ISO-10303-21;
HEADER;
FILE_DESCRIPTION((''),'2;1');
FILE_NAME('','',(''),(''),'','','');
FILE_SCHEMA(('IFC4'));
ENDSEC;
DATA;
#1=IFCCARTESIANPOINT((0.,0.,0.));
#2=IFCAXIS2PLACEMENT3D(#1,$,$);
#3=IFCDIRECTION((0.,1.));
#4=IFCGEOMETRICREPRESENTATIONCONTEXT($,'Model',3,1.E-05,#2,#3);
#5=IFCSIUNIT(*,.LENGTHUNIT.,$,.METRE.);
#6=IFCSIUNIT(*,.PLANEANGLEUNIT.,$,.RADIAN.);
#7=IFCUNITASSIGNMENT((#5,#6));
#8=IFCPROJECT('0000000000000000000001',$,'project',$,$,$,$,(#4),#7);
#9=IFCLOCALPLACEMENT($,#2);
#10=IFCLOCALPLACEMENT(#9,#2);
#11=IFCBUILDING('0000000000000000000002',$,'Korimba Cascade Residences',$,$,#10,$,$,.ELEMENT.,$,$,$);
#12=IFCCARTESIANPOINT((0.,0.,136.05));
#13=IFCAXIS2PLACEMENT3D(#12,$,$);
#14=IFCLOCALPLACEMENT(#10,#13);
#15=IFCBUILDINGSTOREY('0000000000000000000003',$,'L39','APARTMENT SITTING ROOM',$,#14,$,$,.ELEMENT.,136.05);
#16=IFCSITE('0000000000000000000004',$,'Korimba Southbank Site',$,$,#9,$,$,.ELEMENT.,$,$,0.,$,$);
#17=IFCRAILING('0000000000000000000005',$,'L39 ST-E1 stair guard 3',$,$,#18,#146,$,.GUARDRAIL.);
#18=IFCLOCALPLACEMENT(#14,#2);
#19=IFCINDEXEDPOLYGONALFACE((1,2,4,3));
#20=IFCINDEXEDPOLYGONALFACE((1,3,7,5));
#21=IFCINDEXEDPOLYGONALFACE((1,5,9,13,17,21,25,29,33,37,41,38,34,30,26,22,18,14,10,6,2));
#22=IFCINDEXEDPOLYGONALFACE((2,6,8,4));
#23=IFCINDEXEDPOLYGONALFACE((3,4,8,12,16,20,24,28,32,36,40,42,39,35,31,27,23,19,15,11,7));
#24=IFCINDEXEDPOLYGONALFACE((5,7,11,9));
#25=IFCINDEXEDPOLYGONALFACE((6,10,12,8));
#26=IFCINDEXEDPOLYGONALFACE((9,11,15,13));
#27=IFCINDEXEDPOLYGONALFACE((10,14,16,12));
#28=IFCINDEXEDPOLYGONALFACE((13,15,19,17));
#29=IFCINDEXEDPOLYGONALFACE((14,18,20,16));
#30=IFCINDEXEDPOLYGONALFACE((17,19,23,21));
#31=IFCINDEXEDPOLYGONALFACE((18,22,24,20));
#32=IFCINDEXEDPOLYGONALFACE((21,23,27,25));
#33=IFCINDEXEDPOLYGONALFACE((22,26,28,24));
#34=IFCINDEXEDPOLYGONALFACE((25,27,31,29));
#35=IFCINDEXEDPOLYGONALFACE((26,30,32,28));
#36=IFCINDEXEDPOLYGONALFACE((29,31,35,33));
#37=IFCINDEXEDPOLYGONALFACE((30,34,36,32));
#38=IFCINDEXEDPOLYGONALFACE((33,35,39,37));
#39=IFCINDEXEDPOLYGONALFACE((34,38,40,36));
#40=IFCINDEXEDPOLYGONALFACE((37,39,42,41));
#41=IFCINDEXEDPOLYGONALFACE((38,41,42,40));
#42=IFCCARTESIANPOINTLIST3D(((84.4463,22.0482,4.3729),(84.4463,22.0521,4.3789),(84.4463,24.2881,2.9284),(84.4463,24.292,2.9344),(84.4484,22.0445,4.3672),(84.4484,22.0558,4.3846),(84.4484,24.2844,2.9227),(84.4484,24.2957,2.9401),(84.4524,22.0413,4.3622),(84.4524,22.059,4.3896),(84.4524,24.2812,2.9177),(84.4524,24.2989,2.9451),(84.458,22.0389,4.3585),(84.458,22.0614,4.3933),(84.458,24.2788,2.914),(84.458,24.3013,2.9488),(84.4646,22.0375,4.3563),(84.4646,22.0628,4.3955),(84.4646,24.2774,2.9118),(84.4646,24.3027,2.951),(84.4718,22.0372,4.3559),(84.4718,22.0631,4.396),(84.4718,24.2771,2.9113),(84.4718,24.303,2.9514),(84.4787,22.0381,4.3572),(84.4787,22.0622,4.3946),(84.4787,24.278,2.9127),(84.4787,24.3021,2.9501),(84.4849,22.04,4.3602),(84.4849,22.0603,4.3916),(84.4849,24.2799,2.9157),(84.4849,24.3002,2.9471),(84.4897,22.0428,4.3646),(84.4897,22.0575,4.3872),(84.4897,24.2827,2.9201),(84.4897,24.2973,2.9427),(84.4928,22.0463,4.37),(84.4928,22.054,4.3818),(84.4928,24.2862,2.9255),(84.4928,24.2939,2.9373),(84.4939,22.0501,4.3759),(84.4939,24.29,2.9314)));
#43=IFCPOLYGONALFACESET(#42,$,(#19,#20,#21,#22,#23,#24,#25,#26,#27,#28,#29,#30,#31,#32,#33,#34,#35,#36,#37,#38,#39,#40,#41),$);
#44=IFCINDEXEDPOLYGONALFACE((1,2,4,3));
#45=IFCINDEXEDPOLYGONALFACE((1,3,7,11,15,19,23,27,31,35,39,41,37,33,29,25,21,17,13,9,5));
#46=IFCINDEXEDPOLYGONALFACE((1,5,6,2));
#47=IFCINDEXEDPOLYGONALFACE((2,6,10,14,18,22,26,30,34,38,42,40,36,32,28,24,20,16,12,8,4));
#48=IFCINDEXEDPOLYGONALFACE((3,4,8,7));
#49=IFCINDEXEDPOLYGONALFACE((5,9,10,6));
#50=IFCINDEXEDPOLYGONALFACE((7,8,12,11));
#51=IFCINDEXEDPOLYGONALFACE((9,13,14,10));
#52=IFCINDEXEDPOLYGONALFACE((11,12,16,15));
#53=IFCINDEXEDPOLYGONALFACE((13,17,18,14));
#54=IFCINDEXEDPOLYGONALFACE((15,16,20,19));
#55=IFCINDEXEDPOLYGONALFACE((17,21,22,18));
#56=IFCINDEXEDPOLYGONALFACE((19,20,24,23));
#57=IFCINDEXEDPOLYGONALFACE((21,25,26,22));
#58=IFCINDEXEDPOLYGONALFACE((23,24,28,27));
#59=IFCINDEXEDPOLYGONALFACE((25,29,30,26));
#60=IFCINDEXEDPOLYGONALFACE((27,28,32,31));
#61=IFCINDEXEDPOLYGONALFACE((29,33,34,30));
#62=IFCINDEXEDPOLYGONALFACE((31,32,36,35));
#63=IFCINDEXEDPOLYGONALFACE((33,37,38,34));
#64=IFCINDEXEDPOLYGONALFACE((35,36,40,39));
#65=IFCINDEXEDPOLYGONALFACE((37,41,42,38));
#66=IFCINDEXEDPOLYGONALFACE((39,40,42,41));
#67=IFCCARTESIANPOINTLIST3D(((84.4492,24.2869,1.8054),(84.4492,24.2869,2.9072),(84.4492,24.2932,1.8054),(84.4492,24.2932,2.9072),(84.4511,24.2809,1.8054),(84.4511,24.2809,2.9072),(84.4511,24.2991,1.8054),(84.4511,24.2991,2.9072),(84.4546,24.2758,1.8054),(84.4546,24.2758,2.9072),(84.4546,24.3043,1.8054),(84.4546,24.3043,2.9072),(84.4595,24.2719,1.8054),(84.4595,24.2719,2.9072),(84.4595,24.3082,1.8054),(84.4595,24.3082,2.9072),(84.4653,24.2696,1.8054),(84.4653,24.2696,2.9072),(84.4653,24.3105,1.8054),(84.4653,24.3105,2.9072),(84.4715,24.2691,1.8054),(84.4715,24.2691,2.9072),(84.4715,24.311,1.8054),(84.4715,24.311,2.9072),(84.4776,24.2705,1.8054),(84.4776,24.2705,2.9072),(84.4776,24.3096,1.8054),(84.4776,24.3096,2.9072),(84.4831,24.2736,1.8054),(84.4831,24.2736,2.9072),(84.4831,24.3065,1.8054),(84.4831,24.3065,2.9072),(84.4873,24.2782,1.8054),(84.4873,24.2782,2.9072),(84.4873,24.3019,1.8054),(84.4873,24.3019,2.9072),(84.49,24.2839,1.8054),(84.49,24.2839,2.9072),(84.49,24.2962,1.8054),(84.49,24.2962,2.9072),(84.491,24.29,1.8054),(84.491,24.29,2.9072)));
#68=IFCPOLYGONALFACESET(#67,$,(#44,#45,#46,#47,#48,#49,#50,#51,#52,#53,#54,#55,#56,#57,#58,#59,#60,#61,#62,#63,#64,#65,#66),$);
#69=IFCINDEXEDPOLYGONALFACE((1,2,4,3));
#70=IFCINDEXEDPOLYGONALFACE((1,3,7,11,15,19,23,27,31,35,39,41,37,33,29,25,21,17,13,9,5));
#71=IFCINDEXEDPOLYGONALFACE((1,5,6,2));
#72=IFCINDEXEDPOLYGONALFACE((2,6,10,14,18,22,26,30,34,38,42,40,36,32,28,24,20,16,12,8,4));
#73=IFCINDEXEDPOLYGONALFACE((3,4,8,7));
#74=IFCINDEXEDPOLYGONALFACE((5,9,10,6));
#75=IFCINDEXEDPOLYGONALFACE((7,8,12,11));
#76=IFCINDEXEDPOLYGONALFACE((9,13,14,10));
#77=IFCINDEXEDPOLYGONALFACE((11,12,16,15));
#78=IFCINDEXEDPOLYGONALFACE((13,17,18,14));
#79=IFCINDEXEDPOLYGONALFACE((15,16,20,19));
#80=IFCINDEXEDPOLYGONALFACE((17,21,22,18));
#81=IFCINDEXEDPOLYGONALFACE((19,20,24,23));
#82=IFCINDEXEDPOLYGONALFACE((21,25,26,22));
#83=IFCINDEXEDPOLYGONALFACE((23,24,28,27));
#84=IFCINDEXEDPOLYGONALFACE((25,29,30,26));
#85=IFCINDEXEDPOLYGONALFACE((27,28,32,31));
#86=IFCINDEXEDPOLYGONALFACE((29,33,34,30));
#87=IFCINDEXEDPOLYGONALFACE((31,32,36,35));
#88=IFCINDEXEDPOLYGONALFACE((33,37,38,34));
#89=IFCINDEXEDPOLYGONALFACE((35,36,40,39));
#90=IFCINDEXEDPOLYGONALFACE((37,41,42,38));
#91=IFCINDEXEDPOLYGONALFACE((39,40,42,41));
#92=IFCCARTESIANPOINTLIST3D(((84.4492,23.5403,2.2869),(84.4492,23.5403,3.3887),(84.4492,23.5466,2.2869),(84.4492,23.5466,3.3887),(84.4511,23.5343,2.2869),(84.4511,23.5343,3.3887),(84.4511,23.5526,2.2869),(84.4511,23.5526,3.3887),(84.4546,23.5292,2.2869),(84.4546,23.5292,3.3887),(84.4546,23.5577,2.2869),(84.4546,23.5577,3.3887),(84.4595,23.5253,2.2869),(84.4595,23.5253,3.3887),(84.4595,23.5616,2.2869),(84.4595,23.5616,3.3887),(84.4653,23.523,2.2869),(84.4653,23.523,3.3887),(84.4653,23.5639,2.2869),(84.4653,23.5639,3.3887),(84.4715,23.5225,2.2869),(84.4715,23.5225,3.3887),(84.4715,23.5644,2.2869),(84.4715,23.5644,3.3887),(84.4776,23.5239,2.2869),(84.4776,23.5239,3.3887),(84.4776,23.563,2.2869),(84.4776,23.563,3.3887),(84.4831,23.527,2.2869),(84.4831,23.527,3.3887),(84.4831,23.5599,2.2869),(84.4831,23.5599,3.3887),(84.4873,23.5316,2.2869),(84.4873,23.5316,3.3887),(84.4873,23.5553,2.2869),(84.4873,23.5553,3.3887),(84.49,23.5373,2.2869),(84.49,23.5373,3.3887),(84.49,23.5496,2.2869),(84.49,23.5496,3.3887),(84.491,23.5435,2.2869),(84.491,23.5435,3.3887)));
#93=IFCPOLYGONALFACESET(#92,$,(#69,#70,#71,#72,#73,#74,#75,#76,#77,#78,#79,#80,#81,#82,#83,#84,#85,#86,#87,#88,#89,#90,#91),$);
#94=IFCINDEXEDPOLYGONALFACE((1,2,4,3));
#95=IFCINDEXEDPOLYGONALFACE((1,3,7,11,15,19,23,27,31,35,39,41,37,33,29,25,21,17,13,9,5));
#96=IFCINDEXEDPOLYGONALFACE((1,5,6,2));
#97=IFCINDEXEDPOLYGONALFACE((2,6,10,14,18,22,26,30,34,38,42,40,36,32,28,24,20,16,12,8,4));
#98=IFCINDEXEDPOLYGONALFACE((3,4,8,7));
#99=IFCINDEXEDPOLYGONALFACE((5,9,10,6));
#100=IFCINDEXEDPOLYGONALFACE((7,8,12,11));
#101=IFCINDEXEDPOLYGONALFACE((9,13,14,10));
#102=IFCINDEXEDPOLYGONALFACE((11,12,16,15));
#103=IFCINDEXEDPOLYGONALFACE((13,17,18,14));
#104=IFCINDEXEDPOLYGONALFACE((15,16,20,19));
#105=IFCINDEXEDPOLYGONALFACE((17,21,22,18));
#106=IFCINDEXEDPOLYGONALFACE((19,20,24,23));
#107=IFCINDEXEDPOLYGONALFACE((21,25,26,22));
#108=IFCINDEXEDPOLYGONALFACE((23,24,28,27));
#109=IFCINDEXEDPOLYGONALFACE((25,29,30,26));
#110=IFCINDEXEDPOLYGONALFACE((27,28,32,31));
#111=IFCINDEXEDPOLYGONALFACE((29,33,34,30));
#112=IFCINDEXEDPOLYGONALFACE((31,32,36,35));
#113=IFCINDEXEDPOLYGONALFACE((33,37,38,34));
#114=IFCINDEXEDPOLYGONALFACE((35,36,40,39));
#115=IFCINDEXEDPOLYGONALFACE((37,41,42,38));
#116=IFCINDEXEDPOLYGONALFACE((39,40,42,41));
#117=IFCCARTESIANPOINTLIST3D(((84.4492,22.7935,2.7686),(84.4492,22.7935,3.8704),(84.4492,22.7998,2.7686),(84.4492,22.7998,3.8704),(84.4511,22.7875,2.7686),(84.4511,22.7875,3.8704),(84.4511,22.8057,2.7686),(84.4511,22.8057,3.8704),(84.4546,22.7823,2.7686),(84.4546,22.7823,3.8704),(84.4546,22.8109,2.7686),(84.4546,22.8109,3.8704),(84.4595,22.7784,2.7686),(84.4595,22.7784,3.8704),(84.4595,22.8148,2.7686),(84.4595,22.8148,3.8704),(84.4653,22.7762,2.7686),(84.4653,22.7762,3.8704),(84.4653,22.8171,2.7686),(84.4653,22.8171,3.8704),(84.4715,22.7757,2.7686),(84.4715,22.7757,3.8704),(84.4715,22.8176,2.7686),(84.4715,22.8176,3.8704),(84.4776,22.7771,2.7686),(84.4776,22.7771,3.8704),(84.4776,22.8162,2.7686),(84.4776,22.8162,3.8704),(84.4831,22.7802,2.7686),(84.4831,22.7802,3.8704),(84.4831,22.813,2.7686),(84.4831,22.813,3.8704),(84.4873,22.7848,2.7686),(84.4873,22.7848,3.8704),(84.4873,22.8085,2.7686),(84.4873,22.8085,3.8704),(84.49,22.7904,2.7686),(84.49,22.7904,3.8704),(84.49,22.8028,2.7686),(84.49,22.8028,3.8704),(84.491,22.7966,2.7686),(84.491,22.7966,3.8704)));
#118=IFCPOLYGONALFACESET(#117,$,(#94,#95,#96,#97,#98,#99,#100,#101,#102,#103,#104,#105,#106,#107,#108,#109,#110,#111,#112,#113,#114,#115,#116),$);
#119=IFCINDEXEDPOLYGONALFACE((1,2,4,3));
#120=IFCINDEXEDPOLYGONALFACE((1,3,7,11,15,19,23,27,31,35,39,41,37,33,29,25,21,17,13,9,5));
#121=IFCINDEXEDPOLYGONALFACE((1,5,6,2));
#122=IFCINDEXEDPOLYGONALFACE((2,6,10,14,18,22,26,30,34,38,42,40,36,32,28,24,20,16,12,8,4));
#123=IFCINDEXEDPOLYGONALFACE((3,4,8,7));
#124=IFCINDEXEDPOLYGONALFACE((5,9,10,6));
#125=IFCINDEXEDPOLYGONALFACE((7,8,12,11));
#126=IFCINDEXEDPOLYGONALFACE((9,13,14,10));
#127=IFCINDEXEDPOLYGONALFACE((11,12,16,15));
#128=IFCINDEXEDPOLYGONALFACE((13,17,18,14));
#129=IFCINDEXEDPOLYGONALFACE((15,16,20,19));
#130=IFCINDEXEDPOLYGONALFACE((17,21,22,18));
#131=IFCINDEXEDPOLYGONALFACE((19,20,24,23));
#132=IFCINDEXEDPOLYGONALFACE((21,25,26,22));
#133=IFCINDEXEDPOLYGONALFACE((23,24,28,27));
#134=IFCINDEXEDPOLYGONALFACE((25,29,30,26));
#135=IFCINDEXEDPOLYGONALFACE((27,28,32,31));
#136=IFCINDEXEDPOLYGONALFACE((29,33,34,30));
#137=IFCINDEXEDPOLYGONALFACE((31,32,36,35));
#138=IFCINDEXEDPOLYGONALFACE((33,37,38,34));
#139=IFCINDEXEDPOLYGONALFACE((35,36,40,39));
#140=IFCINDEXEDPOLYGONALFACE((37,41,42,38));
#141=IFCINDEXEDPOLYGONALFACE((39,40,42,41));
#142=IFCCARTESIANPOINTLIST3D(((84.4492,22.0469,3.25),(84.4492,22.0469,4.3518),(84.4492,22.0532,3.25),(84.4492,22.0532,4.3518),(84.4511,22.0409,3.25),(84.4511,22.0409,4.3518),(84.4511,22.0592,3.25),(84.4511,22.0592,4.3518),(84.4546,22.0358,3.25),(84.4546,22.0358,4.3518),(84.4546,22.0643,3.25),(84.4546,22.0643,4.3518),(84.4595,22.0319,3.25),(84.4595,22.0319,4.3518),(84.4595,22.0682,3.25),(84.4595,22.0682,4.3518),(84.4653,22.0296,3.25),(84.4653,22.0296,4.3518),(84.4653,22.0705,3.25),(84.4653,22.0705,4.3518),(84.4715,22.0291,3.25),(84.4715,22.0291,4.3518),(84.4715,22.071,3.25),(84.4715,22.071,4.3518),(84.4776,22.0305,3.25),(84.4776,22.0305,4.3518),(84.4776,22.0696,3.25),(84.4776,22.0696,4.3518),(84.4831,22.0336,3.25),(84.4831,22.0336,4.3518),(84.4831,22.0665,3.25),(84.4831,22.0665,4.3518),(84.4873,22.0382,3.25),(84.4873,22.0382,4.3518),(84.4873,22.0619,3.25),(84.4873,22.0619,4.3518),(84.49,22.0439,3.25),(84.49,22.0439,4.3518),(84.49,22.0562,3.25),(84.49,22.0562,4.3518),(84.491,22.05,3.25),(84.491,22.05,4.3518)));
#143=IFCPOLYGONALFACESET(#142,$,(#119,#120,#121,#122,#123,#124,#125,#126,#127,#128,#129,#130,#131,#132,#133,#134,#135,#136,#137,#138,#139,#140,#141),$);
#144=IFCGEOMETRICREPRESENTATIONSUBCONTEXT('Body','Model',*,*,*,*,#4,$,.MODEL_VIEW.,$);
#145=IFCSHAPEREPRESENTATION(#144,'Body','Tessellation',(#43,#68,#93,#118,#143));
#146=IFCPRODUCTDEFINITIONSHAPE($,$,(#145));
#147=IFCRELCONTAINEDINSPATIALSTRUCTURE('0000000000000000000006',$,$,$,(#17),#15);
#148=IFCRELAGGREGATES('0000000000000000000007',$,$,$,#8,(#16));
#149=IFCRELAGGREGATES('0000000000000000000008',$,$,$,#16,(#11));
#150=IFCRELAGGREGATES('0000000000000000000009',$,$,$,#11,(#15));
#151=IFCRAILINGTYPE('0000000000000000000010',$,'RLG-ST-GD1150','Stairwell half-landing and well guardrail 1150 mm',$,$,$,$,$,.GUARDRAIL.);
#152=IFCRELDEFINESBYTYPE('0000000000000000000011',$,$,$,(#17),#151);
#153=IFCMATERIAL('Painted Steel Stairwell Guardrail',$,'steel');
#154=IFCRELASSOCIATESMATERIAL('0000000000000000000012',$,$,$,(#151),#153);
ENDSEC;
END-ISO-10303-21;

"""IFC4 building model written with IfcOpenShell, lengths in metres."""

from ifc_helpers import new_model, si_unit, direction, frame, origin, origin_2d, place, context, subcontext, project, spatial, circle, extrude, material, type_object, element, save


model = new_model("IFC4")

# Units and contexts
model_context = context("Model", 3, precision=1e-05, world=origin(), true_north=direction((0.0, 1.0)))
body_context = subcontext(model_context, "Body", "Model", "MODEL_VIEW")
ifc_project = project(units=[si_unit("LENGTHUNIT", "METRE"), si_unit("PLANEANGLEUNIT", "RADIAN")], contexts=[model_context])

# Site, building, storey
site_placement = place(None, origin())
site = spatial("IfcSite", under=ifc_project, at=site_placement, Name="Korimba Southbank Site", CompositionType="ELEMENT", RefElevation=0.0)
building_placement = place(site_placement, origin())
building = spatial("IfcBuilding", under=site, at=building_placement, Name="Korimba Cascade Residences", CompositionType="ELEMENT")
storey_placement = place(building_placement, frame((0.0, 0.0, 136.05)))
storey = spatial("IfcBuildingStorey", under=building, at=storey_placement, Name="L39", Description="APARTMENT SITTING ROOM", CompositionType="ELEMENT", Elevation=136.05)

# Railing
ifc_material_1 = material(Name="Painted Steel Stairwell Guardrail", Category="steel")
railing_type_1 = type_object("IfcRailingType", Name="RLG-ST-GD1150", Description="Stairwell half-landing and well guardrail 1150 mm", PredefinedType="GUARDRAIL", material=ifc_material_1)
railing_1_placement = place(storey_placement, frame((84.47, 24.29, 1.8054)))
element("IfcRailing", 1, at=railing_1_placement, inside=storey, type_object=railing_type_1, Name="L39 ST-E1 stair guard 3", PredefinedType="GUARDRAIL", context=body_context, shape_type="SweptSolid", body=[
    extrude(circle(Radius=0.0239, at=origin_2d()), frame((0.0, 0.0, 1.126), z_axis=(0.0, -0.840395, 0.541975), x_axis=(1.0, 0.0, 0.0)), (0.0, 0.0, 1.0), 2.6653),
    extrude(circle(Radius=0.021, at=origin_2d()), origin(), (0.0, 0.0, 1.0), 1.1018),
    extrude(circle(Radius=0.021, at=origin_2d()), frame((0.0, -0.7466, 0.4814)), (0.0, 0.0, 1.0), 1.1018),
    extrude(circle(Radius=0.021, at=origin_2d()), frame((0.0, -1.4934, 0.9631)), (0.0, 0.0, 1.0), 1.1018),
    extrude(circle(Radius=0.021, at=origin_2d()), frame((0.0, -2.24, 1.4446)), (0.0, 0.0, 1.0), 1.1018),
])

save(model, "model.ifc")
